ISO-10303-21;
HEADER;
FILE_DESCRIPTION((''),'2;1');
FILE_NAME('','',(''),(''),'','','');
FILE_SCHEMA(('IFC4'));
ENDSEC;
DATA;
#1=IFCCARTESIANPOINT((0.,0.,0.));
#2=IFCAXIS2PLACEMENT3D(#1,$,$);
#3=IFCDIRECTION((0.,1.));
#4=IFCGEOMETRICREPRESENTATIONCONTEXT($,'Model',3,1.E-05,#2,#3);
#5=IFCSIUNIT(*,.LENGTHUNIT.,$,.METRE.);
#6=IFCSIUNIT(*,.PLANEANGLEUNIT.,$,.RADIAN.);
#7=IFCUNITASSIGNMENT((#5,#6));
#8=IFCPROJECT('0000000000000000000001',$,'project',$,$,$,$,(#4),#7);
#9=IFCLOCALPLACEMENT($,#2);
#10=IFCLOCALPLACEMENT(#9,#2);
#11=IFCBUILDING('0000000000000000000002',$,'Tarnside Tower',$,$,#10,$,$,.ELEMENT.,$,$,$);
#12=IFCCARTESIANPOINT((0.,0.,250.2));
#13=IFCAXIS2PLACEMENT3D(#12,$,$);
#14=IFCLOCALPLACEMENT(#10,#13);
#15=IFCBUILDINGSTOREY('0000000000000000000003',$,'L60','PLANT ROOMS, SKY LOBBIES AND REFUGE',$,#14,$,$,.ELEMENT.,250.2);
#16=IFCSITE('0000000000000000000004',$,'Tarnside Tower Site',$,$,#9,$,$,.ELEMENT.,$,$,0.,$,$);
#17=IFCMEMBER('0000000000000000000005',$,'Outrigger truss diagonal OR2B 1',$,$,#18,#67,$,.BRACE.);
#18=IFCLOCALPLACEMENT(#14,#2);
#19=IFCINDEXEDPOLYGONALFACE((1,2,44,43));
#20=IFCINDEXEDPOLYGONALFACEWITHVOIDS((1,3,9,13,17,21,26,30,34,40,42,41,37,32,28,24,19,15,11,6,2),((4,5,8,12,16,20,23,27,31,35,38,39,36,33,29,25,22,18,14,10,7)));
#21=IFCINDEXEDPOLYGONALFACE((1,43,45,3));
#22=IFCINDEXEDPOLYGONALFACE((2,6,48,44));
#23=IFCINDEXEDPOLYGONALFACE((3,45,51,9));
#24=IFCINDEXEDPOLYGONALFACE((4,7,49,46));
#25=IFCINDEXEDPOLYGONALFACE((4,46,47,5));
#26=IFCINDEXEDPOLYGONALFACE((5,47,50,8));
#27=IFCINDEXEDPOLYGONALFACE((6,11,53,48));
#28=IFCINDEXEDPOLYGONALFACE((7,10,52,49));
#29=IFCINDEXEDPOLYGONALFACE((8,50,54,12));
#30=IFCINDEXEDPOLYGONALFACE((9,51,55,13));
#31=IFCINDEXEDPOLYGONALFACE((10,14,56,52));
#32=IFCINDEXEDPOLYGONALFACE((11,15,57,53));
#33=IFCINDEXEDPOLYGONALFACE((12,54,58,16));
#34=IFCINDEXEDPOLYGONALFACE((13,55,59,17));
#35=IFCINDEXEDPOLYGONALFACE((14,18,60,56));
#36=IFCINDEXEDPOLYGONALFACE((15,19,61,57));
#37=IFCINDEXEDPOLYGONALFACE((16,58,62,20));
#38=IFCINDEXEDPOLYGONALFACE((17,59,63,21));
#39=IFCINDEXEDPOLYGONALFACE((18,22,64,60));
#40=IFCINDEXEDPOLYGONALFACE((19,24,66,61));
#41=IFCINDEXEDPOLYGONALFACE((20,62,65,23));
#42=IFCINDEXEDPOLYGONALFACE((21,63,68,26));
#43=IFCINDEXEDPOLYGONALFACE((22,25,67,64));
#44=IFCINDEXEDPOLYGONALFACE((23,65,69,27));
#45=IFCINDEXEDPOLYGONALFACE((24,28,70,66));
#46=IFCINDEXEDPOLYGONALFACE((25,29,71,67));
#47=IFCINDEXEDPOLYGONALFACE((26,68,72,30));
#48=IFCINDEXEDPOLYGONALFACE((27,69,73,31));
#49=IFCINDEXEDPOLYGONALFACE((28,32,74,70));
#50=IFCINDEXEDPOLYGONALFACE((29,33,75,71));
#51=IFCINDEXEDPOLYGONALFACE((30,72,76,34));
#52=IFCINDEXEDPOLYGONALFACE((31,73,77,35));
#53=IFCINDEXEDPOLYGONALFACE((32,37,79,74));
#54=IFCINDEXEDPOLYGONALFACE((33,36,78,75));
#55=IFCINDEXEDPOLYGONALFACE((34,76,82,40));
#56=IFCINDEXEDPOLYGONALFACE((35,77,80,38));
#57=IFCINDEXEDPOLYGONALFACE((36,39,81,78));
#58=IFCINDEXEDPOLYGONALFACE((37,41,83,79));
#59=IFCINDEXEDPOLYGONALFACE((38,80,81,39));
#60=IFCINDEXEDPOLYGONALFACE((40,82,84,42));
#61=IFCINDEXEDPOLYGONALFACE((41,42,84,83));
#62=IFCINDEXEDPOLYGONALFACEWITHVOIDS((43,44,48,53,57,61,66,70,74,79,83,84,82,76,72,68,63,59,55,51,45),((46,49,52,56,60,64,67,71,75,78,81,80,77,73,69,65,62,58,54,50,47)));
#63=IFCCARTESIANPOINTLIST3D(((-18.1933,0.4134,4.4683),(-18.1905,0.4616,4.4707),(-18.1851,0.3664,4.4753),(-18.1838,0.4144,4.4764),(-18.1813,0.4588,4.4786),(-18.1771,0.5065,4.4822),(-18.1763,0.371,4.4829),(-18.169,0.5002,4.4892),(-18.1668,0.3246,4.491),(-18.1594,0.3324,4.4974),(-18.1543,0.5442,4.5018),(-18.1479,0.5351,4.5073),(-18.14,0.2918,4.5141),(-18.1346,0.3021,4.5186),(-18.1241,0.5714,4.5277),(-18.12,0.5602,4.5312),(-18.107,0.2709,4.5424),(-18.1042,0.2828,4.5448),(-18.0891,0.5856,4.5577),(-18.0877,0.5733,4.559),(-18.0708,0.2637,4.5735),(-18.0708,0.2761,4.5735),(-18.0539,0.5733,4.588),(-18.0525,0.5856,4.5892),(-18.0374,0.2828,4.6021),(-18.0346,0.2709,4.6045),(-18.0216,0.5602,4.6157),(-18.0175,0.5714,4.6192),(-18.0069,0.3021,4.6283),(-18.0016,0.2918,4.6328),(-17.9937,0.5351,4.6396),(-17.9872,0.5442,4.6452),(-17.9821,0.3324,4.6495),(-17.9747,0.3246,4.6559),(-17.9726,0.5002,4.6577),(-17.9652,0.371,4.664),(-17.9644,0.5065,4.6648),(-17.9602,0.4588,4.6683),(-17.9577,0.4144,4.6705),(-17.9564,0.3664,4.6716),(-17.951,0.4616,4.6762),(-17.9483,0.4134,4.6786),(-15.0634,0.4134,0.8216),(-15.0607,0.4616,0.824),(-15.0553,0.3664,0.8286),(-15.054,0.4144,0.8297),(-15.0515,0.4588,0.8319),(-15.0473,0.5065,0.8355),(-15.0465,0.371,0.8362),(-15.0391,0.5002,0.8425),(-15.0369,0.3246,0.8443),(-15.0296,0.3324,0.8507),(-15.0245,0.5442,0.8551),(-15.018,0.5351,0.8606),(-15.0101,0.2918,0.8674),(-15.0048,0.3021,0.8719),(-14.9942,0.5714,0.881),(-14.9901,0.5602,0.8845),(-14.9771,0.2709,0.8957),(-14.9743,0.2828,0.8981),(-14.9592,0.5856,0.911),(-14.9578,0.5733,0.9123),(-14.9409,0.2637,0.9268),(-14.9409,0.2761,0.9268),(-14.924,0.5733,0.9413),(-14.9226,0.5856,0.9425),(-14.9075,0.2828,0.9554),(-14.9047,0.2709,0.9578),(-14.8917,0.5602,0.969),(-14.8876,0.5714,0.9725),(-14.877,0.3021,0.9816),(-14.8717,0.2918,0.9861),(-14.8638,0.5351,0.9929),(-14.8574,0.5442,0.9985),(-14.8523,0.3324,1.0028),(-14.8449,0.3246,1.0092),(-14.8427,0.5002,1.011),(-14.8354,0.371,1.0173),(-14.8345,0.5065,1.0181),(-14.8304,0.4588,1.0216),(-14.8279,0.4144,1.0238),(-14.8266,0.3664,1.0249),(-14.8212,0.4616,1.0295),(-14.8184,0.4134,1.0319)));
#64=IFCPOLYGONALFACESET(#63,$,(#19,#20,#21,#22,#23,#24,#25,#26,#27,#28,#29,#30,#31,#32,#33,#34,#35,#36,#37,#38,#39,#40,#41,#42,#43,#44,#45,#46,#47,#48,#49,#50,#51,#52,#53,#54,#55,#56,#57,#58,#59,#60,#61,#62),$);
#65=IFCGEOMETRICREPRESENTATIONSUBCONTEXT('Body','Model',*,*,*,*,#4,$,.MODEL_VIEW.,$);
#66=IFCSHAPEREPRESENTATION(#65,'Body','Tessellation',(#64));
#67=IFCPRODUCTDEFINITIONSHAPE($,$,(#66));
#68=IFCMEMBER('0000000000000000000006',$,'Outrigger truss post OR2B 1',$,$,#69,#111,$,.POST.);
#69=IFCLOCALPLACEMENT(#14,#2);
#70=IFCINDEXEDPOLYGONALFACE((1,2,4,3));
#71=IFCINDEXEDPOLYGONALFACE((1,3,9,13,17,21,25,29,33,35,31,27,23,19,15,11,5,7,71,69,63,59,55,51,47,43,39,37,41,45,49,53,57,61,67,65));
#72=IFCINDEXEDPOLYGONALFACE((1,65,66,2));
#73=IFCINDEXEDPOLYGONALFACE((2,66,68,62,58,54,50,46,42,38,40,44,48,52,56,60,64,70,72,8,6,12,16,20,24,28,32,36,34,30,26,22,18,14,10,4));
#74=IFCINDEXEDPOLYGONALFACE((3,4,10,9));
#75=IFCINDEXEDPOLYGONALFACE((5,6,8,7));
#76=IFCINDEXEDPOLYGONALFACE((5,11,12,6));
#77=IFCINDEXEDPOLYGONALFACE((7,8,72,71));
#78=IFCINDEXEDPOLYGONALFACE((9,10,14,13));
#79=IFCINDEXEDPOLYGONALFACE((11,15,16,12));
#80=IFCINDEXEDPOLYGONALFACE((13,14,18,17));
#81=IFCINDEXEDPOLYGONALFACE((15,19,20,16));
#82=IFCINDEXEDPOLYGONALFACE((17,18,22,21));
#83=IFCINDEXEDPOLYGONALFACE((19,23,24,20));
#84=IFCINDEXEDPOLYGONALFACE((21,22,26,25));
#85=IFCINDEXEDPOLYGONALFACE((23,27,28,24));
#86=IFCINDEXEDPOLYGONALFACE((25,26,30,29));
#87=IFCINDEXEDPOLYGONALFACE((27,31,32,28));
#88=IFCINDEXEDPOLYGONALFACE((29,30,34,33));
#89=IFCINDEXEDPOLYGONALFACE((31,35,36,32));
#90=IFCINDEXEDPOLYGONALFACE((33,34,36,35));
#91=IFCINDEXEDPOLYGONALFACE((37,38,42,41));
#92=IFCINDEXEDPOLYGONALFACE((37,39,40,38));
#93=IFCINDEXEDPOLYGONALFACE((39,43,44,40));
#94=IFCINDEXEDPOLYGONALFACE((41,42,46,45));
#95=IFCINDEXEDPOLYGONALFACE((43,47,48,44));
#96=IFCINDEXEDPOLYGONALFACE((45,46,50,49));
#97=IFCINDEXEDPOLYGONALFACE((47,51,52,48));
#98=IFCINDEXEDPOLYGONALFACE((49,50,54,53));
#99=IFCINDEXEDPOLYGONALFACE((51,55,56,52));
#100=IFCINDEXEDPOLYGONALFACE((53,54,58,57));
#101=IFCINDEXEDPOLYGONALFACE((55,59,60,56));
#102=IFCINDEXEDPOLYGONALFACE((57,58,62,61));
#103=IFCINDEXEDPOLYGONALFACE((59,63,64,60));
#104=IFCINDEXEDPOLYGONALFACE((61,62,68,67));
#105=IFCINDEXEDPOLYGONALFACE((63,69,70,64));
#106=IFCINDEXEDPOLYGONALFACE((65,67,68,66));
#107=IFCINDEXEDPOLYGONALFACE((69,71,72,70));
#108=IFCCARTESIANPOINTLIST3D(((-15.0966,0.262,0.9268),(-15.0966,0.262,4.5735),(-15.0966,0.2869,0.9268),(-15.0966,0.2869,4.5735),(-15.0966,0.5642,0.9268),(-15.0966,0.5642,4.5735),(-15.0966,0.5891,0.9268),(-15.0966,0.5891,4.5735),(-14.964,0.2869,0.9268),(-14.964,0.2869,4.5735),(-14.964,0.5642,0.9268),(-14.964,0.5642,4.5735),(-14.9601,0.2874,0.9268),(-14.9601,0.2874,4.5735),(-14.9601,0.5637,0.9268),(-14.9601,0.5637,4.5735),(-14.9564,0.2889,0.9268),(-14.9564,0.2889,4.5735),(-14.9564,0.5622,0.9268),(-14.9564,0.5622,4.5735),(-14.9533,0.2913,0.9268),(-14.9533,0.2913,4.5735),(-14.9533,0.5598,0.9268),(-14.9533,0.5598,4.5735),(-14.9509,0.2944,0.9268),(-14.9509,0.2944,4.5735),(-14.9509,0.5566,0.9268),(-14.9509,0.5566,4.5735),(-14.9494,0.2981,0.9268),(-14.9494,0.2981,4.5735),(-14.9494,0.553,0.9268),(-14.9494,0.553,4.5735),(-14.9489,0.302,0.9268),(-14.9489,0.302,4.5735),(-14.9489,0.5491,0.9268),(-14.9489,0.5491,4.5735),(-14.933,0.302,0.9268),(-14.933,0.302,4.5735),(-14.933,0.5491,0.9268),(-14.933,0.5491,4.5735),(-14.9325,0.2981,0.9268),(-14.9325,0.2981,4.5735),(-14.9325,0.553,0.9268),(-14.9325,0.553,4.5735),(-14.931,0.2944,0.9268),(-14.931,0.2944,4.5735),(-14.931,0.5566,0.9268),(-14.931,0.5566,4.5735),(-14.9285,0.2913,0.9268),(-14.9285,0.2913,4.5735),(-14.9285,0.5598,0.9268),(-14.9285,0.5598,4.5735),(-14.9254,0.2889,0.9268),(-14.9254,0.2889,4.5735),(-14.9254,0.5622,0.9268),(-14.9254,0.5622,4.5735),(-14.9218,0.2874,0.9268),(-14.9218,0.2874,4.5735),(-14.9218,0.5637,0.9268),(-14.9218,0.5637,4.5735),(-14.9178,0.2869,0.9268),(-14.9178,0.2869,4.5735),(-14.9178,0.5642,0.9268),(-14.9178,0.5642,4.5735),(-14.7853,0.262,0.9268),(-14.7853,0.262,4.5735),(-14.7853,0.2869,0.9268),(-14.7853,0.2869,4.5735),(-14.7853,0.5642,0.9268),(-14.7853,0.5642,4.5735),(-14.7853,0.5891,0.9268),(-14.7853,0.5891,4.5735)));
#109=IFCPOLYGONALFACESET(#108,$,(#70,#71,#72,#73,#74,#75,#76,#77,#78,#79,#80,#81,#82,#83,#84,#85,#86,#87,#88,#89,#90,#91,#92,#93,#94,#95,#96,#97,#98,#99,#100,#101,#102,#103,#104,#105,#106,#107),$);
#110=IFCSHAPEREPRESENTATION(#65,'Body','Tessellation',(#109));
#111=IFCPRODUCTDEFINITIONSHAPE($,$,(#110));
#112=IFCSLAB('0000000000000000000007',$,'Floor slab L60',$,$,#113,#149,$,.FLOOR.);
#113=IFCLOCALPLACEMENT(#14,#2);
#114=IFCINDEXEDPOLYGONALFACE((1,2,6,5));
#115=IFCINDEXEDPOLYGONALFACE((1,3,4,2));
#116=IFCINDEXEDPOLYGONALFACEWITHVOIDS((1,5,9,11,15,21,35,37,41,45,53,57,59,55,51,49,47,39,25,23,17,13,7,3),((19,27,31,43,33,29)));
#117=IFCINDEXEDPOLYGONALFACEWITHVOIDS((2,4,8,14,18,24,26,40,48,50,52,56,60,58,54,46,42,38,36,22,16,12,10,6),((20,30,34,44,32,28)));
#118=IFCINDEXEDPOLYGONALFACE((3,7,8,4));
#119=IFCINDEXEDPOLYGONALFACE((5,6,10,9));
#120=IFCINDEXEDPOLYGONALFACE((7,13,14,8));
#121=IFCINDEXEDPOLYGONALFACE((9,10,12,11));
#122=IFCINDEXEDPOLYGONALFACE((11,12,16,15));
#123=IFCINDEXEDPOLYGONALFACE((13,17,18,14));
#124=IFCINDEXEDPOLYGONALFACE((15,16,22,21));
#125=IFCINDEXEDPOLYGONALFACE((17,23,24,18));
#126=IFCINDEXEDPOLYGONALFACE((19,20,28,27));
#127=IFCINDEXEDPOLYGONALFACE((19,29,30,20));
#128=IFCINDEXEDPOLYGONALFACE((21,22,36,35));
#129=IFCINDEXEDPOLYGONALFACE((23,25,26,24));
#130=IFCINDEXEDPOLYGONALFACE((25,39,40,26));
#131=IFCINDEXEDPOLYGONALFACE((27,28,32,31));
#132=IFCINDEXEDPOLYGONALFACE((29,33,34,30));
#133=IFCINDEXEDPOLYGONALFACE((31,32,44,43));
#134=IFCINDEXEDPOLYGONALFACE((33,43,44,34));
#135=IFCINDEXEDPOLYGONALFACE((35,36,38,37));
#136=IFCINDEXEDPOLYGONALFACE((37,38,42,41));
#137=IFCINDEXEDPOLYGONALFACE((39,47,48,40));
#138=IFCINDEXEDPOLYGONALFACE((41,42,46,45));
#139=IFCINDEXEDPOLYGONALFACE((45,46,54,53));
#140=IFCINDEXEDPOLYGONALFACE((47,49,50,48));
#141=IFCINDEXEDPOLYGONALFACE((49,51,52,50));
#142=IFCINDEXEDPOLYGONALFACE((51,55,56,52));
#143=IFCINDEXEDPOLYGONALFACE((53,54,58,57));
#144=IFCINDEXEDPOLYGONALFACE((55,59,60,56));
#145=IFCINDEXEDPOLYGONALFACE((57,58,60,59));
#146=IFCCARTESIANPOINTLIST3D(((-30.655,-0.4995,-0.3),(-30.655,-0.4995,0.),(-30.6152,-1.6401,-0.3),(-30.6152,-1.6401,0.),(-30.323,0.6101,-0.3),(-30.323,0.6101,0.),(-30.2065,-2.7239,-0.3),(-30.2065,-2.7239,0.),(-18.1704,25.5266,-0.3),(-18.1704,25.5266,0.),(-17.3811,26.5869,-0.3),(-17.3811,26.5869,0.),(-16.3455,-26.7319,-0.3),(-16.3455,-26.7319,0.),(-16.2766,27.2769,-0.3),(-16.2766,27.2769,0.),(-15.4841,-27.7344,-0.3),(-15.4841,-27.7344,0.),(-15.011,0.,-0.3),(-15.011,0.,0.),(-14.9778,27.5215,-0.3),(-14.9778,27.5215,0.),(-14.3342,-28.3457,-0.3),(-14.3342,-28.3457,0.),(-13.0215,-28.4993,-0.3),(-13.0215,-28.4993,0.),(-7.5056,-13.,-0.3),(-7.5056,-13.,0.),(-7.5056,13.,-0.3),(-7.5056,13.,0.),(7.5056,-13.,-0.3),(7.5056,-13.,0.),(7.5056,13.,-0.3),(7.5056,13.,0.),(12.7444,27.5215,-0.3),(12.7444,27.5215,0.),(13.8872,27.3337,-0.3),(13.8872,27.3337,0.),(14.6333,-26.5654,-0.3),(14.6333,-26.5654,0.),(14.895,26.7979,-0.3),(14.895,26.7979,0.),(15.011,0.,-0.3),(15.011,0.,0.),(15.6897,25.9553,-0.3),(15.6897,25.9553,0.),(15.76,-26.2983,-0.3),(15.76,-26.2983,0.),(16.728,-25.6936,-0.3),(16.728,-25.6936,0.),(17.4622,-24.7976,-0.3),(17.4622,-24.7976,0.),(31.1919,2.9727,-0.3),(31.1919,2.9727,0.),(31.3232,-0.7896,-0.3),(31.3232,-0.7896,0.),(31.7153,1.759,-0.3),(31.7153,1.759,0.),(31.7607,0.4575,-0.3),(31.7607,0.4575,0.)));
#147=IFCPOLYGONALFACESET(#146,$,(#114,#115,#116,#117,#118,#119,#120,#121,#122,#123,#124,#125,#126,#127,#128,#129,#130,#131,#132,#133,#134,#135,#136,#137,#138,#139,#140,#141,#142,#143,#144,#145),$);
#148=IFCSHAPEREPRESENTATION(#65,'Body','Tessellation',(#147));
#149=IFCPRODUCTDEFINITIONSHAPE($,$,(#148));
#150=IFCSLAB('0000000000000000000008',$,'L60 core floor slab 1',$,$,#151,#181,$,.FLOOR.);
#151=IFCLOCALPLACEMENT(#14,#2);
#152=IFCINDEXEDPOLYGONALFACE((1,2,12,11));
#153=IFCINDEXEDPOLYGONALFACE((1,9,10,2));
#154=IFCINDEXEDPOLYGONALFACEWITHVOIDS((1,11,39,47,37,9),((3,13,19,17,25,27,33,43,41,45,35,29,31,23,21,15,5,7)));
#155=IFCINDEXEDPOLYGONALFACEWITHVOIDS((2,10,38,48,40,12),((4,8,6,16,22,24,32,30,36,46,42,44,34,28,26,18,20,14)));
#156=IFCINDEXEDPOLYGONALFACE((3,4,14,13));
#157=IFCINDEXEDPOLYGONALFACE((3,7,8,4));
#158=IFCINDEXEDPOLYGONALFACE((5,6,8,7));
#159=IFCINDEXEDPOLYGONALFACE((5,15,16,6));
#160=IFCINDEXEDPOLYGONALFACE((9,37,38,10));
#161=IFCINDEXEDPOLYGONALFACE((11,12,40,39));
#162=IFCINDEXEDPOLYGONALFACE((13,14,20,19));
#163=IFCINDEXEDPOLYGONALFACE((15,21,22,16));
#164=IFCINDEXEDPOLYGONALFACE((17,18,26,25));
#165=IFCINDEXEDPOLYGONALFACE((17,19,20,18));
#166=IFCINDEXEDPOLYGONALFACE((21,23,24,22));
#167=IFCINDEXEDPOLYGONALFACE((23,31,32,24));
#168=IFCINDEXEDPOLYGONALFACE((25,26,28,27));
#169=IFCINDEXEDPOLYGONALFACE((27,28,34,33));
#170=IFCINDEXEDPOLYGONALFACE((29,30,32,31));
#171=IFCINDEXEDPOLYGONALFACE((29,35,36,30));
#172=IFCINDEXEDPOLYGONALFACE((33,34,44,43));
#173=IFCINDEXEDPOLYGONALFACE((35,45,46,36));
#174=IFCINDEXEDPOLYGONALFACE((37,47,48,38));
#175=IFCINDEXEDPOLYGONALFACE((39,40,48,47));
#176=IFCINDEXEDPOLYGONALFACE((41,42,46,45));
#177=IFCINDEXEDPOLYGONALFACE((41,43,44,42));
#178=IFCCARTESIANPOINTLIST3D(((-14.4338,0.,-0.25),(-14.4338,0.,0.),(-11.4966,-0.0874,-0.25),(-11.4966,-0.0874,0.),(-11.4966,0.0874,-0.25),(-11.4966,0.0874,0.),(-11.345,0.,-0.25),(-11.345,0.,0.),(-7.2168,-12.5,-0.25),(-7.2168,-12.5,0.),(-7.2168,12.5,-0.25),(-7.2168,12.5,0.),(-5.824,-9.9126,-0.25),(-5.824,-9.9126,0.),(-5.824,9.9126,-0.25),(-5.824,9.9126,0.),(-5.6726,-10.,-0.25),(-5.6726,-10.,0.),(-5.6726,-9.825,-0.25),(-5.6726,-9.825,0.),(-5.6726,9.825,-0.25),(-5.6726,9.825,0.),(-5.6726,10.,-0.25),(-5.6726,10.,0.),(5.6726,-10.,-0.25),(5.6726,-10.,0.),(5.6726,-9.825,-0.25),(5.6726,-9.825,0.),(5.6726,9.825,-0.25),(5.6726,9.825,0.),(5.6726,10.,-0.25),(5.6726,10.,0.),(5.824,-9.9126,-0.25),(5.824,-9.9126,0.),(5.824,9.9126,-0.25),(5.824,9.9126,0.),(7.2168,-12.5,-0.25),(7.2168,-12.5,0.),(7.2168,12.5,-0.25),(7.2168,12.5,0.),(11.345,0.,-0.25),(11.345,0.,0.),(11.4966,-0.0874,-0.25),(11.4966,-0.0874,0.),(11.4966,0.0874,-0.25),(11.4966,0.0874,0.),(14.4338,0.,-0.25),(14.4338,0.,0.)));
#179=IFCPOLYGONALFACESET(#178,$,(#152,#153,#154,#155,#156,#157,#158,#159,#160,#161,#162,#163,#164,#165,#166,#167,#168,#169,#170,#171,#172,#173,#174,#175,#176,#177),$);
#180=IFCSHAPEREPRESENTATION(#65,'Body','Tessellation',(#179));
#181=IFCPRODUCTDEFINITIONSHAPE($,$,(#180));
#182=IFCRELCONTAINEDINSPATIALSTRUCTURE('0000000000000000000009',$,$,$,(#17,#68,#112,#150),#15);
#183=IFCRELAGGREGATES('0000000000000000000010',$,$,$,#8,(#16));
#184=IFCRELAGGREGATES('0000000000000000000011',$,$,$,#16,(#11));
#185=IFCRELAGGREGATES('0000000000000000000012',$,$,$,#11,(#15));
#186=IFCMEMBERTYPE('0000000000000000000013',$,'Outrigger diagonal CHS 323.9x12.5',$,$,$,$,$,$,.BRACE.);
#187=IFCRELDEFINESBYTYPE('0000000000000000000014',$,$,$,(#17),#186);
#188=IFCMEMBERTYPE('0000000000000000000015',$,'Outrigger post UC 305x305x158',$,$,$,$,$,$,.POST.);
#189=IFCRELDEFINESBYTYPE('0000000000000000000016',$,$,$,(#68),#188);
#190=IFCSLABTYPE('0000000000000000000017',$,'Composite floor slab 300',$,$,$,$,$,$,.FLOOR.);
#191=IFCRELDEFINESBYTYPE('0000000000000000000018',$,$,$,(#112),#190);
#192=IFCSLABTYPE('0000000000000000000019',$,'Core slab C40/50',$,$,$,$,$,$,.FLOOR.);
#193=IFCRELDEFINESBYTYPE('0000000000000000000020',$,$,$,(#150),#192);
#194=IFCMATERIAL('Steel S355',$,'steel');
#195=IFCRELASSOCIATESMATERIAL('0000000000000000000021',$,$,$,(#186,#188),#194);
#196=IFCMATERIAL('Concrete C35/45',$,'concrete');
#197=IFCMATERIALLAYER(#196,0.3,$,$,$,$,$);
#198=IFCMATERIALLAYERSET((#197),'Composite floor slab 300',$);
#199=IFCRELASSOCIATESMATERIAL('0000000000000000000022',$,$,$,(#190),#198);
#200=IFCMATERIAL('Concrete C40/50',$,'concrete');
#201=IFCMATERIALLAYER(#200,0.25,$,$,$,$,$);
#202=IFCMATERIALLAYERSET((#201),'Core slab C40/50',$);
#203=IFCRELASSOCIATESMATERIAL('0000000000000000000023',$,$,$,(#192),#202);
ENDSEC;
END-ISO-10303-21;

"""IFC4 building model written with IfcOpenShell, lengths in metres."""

from ifc_helpers import new_model, si_unit, direction, frame, origin, origin_2d, place, context, subcontext, project, spatial, polyline, hollow_circle, i_section, outline, extrude, material, layer, layer_set, material_profile, profile_set, type_object, element, save


model = new_model("IFC4")

# Units and contexts
model_context = context("Model", 3, precision=1e-05, world=origin(), true_north=direction((0.0, 1.0)))
body_context = subcontext(model_context, "Body", "Model", "MODEL_VIEW")
ifc_project = project(units=[si_unit("LENGTHUNIT", "METRE"), si_unit("PLANEANGLEUNIT", "RADIAN")], contexts=[model_context])

# Site, building, storey
site_placement = place(None, origin())
site = spatial("IfcSite", under=ifc_project, at=site_placement, Name="Tarnside Tower Site", CompositionType="ELEMENT", RefElevation=0.0)
building_placement = place(site_placement, origin())
building = spatial("IfcBuilding", under=site, at=building_placement, Name="Tarnside Tower", CompositionType="ELEMENT")
storey_placement = place(building_placement, frame((0.0, 0.0, 250.2)))
storey = spatial("IfcBuildingStorey", under=building, at=storey_placement, Name="L60", Description="PLANT ROOMS, SKY LOBBIES AND REFUGE", CompositionType="ELEMENT", Elevation=250.2)

# Members
ifc_material_1 = material(Name="Steel S355", Category="steel")
ifc_material_profile_1 = material_profile(ifc_material_1, hollow_circle(Radius=0.1619, WallThickness=0.0125, at=origin_2d()), Name="CHS 323.9x12.5")
ifc_profile_set_1 = profile_set([ifc_material_profile_1], Name="Steel S355")
member_type_1 = type_object("IfcMemberType", Name="Outrigger diagonal CHS 323.9x12.5", PredefinedType="BRACE", material=ifc_profile_set_1)
member_1_placement = place(storey_placement, frame((-14.9409, 0.4255, 0.9268), z_axis=(-0.651285, 0.0, 0.758833), x_axis=(0.0, -1.0, 0.0)))
element("IfcMember", 1, at=member_1_placement, inside=storey, type_object=member_type_1, Name="Outrigger truss diagonal OR2B 1", PredefinedType="BRACE", context=body_context, shape_type="SweptSolid", body=[
    extrude(hollow_circle(Radius=0.1619, WallThickness=0.0125, at=origin_2d()), origin(), (0.0, 0.0, 1.0), 4.8057),
])
ifc_material_profile_2 = material_profile(ifc_material_1, i_section(OverallWidth=0.3113, OverallDepth=0.3271, WebThickness=0.0159, FlangeThickness=0.0249, FilletRadius=0.0151, at=origin_2d()), Name="UC 305x305x158")
ifc_profile_set_2 = profile_set([ifc_material_profile_2], Name="Steel S355")
member_type_2 = type_object("IfcMemberType", Name="Outrigger post UC 305x305x158", PredefinedType="POST", material=ifc_profile_set_2)
member_2_placement = place(storey_placement, frame((-14.9409, 0.4255, 0.9268), z_axis=(0.0, 0.0, 1.0), x_axis=(-1.0, 0.0, 0.0)))
element("IfcMember", 2, at=member_2_placement, inside=storey, type_object=member_type_2, Name="Outrigger truss post OR2B 1", PredefinedType="POST", context=body_context, shape_type="SweptSolid", body=[
    extrude(i_section(OverallWidth=0.3113, OverallDepth=0.3271, WebThickness=0.0159, FlangeThickness=0.0249, FilletRadius=0.0151, at=origin_2d()), origin(), (0.0, 0.0, 1.0), 3.6467),
])

# Slabs
ifc_material_2 = material(Name="Concrete C35/45", Category="concrete")
ifc_layer_1 = layer(ifc_material_2, 0.3)
ifc_layer_set_1 = layer_set([ifc_layer_1], Name="Composite floor slab 300")
slab_type_1 = type_object("IfcSlabType", Name="Composite floor slab 300", PredefinedType="FLOOR", material=ifc_layer_set_1)
slab_1_placement = place(storey_placement, frame((0.0, 0.0, -0.3)))
element("IfcSlab", 3, at=slab_1_placement, inside=storey, type_object=slab_type_1, Name="Floor slab L60", PredefinedType="FLOOR", context=body_context, shape_type="SweptSolid", body=[
    extrude(outline(polyline([(13.8872, 27.3337), (14.895, 26.7979), (15.6897, 25.9553), (31.1919, 2.9727), (31.7153, 1.759), (31.7607, 0.4575), (31.3232, -0.7896), (17.4622, -24.7976), (16.728, -25.6936), (15.76, -26.2983), (14.6333, -26.5654), (-13.0215, -28.4993), (-14.3342, -28.3457), (-15.4841, -27.7344), (-16.3455, -26.7319), (-30.2065, -2.7239), (-30.6152, -1.6401), (-30.655, -0.4995), (-30.323, 0.6101), (-18.1704, 25.5266), (-17.3811, 26.5869), (-16.2766, 27.2769), (-14.9778, 27.5215), (12.7444, 27.5215), (13.8872, 27.3337)]), holes=[polyline([(-15.011, 0.0), (-7.5056, -13.0), (7.5056, -13.0), (15.011, 0.0), (7.5056, 13.0), (-7.5056, 13.0), (-15.011, 0.0)])]), origin(), (0.0, 0.0, 1.0), 0.3),
])
ifc_material_3 = material(Name="Concrete C40/50", Category="concrete")
ifc_layer_2 = layer(ifc_material_3, 0.25)
ifc_layer_set_2 = layer_set([ifc_layer_2], Name="Core slab C40/50")
slab_type_2 = type_object("IfcSlabType", Name="Core slab C40/50", PredefinedType="FLOOR", material=ifc_layer_set_2)
slab_2_placement = place(storey_placement, frame((0.0, 0.0, -0.25)))
element("IfcSlab", 4, at=slab_2_placement, inside=storey, type_object=slab_type_2, Name="L60 core floor slab 1", PredefinedType="FLOOR", context=body_context, shape_type="SweptSolid", body=[
    extrude(outline(polyline([(-7.2168, 12.5), (7.2168, 12.5), (14.4338, 0.0), (7.2168, -12.5), (-7.2168, -12.5), (-14.4338, 0.0), (-7.2168, 12.5)]), holes=[polyline([(5.824, -9.9126), (11.4966, -0.0874), (11.345, 0.0), (11.4966, 0.0874), (5.824, 9.9126), (5.6726, 9.825), (5.6726, 10.0), (-5.6726, 10.0), (-5.6726, 9.825), (-5.824, 9.9126), (-11.4966, 0.0874), (-11.345, 0.0), (-11.4966, -0.0874), (-5.824, -9.9126), (-5.6726, -9.825), (-5.6726, -10.0), (5.6726, -10.0), (5.6726, -9.825), (5.824, -9.9126)])]), origin(), (0.0, 0.0, 1.0), 0.25),
])

save(model, "model.ifc")
